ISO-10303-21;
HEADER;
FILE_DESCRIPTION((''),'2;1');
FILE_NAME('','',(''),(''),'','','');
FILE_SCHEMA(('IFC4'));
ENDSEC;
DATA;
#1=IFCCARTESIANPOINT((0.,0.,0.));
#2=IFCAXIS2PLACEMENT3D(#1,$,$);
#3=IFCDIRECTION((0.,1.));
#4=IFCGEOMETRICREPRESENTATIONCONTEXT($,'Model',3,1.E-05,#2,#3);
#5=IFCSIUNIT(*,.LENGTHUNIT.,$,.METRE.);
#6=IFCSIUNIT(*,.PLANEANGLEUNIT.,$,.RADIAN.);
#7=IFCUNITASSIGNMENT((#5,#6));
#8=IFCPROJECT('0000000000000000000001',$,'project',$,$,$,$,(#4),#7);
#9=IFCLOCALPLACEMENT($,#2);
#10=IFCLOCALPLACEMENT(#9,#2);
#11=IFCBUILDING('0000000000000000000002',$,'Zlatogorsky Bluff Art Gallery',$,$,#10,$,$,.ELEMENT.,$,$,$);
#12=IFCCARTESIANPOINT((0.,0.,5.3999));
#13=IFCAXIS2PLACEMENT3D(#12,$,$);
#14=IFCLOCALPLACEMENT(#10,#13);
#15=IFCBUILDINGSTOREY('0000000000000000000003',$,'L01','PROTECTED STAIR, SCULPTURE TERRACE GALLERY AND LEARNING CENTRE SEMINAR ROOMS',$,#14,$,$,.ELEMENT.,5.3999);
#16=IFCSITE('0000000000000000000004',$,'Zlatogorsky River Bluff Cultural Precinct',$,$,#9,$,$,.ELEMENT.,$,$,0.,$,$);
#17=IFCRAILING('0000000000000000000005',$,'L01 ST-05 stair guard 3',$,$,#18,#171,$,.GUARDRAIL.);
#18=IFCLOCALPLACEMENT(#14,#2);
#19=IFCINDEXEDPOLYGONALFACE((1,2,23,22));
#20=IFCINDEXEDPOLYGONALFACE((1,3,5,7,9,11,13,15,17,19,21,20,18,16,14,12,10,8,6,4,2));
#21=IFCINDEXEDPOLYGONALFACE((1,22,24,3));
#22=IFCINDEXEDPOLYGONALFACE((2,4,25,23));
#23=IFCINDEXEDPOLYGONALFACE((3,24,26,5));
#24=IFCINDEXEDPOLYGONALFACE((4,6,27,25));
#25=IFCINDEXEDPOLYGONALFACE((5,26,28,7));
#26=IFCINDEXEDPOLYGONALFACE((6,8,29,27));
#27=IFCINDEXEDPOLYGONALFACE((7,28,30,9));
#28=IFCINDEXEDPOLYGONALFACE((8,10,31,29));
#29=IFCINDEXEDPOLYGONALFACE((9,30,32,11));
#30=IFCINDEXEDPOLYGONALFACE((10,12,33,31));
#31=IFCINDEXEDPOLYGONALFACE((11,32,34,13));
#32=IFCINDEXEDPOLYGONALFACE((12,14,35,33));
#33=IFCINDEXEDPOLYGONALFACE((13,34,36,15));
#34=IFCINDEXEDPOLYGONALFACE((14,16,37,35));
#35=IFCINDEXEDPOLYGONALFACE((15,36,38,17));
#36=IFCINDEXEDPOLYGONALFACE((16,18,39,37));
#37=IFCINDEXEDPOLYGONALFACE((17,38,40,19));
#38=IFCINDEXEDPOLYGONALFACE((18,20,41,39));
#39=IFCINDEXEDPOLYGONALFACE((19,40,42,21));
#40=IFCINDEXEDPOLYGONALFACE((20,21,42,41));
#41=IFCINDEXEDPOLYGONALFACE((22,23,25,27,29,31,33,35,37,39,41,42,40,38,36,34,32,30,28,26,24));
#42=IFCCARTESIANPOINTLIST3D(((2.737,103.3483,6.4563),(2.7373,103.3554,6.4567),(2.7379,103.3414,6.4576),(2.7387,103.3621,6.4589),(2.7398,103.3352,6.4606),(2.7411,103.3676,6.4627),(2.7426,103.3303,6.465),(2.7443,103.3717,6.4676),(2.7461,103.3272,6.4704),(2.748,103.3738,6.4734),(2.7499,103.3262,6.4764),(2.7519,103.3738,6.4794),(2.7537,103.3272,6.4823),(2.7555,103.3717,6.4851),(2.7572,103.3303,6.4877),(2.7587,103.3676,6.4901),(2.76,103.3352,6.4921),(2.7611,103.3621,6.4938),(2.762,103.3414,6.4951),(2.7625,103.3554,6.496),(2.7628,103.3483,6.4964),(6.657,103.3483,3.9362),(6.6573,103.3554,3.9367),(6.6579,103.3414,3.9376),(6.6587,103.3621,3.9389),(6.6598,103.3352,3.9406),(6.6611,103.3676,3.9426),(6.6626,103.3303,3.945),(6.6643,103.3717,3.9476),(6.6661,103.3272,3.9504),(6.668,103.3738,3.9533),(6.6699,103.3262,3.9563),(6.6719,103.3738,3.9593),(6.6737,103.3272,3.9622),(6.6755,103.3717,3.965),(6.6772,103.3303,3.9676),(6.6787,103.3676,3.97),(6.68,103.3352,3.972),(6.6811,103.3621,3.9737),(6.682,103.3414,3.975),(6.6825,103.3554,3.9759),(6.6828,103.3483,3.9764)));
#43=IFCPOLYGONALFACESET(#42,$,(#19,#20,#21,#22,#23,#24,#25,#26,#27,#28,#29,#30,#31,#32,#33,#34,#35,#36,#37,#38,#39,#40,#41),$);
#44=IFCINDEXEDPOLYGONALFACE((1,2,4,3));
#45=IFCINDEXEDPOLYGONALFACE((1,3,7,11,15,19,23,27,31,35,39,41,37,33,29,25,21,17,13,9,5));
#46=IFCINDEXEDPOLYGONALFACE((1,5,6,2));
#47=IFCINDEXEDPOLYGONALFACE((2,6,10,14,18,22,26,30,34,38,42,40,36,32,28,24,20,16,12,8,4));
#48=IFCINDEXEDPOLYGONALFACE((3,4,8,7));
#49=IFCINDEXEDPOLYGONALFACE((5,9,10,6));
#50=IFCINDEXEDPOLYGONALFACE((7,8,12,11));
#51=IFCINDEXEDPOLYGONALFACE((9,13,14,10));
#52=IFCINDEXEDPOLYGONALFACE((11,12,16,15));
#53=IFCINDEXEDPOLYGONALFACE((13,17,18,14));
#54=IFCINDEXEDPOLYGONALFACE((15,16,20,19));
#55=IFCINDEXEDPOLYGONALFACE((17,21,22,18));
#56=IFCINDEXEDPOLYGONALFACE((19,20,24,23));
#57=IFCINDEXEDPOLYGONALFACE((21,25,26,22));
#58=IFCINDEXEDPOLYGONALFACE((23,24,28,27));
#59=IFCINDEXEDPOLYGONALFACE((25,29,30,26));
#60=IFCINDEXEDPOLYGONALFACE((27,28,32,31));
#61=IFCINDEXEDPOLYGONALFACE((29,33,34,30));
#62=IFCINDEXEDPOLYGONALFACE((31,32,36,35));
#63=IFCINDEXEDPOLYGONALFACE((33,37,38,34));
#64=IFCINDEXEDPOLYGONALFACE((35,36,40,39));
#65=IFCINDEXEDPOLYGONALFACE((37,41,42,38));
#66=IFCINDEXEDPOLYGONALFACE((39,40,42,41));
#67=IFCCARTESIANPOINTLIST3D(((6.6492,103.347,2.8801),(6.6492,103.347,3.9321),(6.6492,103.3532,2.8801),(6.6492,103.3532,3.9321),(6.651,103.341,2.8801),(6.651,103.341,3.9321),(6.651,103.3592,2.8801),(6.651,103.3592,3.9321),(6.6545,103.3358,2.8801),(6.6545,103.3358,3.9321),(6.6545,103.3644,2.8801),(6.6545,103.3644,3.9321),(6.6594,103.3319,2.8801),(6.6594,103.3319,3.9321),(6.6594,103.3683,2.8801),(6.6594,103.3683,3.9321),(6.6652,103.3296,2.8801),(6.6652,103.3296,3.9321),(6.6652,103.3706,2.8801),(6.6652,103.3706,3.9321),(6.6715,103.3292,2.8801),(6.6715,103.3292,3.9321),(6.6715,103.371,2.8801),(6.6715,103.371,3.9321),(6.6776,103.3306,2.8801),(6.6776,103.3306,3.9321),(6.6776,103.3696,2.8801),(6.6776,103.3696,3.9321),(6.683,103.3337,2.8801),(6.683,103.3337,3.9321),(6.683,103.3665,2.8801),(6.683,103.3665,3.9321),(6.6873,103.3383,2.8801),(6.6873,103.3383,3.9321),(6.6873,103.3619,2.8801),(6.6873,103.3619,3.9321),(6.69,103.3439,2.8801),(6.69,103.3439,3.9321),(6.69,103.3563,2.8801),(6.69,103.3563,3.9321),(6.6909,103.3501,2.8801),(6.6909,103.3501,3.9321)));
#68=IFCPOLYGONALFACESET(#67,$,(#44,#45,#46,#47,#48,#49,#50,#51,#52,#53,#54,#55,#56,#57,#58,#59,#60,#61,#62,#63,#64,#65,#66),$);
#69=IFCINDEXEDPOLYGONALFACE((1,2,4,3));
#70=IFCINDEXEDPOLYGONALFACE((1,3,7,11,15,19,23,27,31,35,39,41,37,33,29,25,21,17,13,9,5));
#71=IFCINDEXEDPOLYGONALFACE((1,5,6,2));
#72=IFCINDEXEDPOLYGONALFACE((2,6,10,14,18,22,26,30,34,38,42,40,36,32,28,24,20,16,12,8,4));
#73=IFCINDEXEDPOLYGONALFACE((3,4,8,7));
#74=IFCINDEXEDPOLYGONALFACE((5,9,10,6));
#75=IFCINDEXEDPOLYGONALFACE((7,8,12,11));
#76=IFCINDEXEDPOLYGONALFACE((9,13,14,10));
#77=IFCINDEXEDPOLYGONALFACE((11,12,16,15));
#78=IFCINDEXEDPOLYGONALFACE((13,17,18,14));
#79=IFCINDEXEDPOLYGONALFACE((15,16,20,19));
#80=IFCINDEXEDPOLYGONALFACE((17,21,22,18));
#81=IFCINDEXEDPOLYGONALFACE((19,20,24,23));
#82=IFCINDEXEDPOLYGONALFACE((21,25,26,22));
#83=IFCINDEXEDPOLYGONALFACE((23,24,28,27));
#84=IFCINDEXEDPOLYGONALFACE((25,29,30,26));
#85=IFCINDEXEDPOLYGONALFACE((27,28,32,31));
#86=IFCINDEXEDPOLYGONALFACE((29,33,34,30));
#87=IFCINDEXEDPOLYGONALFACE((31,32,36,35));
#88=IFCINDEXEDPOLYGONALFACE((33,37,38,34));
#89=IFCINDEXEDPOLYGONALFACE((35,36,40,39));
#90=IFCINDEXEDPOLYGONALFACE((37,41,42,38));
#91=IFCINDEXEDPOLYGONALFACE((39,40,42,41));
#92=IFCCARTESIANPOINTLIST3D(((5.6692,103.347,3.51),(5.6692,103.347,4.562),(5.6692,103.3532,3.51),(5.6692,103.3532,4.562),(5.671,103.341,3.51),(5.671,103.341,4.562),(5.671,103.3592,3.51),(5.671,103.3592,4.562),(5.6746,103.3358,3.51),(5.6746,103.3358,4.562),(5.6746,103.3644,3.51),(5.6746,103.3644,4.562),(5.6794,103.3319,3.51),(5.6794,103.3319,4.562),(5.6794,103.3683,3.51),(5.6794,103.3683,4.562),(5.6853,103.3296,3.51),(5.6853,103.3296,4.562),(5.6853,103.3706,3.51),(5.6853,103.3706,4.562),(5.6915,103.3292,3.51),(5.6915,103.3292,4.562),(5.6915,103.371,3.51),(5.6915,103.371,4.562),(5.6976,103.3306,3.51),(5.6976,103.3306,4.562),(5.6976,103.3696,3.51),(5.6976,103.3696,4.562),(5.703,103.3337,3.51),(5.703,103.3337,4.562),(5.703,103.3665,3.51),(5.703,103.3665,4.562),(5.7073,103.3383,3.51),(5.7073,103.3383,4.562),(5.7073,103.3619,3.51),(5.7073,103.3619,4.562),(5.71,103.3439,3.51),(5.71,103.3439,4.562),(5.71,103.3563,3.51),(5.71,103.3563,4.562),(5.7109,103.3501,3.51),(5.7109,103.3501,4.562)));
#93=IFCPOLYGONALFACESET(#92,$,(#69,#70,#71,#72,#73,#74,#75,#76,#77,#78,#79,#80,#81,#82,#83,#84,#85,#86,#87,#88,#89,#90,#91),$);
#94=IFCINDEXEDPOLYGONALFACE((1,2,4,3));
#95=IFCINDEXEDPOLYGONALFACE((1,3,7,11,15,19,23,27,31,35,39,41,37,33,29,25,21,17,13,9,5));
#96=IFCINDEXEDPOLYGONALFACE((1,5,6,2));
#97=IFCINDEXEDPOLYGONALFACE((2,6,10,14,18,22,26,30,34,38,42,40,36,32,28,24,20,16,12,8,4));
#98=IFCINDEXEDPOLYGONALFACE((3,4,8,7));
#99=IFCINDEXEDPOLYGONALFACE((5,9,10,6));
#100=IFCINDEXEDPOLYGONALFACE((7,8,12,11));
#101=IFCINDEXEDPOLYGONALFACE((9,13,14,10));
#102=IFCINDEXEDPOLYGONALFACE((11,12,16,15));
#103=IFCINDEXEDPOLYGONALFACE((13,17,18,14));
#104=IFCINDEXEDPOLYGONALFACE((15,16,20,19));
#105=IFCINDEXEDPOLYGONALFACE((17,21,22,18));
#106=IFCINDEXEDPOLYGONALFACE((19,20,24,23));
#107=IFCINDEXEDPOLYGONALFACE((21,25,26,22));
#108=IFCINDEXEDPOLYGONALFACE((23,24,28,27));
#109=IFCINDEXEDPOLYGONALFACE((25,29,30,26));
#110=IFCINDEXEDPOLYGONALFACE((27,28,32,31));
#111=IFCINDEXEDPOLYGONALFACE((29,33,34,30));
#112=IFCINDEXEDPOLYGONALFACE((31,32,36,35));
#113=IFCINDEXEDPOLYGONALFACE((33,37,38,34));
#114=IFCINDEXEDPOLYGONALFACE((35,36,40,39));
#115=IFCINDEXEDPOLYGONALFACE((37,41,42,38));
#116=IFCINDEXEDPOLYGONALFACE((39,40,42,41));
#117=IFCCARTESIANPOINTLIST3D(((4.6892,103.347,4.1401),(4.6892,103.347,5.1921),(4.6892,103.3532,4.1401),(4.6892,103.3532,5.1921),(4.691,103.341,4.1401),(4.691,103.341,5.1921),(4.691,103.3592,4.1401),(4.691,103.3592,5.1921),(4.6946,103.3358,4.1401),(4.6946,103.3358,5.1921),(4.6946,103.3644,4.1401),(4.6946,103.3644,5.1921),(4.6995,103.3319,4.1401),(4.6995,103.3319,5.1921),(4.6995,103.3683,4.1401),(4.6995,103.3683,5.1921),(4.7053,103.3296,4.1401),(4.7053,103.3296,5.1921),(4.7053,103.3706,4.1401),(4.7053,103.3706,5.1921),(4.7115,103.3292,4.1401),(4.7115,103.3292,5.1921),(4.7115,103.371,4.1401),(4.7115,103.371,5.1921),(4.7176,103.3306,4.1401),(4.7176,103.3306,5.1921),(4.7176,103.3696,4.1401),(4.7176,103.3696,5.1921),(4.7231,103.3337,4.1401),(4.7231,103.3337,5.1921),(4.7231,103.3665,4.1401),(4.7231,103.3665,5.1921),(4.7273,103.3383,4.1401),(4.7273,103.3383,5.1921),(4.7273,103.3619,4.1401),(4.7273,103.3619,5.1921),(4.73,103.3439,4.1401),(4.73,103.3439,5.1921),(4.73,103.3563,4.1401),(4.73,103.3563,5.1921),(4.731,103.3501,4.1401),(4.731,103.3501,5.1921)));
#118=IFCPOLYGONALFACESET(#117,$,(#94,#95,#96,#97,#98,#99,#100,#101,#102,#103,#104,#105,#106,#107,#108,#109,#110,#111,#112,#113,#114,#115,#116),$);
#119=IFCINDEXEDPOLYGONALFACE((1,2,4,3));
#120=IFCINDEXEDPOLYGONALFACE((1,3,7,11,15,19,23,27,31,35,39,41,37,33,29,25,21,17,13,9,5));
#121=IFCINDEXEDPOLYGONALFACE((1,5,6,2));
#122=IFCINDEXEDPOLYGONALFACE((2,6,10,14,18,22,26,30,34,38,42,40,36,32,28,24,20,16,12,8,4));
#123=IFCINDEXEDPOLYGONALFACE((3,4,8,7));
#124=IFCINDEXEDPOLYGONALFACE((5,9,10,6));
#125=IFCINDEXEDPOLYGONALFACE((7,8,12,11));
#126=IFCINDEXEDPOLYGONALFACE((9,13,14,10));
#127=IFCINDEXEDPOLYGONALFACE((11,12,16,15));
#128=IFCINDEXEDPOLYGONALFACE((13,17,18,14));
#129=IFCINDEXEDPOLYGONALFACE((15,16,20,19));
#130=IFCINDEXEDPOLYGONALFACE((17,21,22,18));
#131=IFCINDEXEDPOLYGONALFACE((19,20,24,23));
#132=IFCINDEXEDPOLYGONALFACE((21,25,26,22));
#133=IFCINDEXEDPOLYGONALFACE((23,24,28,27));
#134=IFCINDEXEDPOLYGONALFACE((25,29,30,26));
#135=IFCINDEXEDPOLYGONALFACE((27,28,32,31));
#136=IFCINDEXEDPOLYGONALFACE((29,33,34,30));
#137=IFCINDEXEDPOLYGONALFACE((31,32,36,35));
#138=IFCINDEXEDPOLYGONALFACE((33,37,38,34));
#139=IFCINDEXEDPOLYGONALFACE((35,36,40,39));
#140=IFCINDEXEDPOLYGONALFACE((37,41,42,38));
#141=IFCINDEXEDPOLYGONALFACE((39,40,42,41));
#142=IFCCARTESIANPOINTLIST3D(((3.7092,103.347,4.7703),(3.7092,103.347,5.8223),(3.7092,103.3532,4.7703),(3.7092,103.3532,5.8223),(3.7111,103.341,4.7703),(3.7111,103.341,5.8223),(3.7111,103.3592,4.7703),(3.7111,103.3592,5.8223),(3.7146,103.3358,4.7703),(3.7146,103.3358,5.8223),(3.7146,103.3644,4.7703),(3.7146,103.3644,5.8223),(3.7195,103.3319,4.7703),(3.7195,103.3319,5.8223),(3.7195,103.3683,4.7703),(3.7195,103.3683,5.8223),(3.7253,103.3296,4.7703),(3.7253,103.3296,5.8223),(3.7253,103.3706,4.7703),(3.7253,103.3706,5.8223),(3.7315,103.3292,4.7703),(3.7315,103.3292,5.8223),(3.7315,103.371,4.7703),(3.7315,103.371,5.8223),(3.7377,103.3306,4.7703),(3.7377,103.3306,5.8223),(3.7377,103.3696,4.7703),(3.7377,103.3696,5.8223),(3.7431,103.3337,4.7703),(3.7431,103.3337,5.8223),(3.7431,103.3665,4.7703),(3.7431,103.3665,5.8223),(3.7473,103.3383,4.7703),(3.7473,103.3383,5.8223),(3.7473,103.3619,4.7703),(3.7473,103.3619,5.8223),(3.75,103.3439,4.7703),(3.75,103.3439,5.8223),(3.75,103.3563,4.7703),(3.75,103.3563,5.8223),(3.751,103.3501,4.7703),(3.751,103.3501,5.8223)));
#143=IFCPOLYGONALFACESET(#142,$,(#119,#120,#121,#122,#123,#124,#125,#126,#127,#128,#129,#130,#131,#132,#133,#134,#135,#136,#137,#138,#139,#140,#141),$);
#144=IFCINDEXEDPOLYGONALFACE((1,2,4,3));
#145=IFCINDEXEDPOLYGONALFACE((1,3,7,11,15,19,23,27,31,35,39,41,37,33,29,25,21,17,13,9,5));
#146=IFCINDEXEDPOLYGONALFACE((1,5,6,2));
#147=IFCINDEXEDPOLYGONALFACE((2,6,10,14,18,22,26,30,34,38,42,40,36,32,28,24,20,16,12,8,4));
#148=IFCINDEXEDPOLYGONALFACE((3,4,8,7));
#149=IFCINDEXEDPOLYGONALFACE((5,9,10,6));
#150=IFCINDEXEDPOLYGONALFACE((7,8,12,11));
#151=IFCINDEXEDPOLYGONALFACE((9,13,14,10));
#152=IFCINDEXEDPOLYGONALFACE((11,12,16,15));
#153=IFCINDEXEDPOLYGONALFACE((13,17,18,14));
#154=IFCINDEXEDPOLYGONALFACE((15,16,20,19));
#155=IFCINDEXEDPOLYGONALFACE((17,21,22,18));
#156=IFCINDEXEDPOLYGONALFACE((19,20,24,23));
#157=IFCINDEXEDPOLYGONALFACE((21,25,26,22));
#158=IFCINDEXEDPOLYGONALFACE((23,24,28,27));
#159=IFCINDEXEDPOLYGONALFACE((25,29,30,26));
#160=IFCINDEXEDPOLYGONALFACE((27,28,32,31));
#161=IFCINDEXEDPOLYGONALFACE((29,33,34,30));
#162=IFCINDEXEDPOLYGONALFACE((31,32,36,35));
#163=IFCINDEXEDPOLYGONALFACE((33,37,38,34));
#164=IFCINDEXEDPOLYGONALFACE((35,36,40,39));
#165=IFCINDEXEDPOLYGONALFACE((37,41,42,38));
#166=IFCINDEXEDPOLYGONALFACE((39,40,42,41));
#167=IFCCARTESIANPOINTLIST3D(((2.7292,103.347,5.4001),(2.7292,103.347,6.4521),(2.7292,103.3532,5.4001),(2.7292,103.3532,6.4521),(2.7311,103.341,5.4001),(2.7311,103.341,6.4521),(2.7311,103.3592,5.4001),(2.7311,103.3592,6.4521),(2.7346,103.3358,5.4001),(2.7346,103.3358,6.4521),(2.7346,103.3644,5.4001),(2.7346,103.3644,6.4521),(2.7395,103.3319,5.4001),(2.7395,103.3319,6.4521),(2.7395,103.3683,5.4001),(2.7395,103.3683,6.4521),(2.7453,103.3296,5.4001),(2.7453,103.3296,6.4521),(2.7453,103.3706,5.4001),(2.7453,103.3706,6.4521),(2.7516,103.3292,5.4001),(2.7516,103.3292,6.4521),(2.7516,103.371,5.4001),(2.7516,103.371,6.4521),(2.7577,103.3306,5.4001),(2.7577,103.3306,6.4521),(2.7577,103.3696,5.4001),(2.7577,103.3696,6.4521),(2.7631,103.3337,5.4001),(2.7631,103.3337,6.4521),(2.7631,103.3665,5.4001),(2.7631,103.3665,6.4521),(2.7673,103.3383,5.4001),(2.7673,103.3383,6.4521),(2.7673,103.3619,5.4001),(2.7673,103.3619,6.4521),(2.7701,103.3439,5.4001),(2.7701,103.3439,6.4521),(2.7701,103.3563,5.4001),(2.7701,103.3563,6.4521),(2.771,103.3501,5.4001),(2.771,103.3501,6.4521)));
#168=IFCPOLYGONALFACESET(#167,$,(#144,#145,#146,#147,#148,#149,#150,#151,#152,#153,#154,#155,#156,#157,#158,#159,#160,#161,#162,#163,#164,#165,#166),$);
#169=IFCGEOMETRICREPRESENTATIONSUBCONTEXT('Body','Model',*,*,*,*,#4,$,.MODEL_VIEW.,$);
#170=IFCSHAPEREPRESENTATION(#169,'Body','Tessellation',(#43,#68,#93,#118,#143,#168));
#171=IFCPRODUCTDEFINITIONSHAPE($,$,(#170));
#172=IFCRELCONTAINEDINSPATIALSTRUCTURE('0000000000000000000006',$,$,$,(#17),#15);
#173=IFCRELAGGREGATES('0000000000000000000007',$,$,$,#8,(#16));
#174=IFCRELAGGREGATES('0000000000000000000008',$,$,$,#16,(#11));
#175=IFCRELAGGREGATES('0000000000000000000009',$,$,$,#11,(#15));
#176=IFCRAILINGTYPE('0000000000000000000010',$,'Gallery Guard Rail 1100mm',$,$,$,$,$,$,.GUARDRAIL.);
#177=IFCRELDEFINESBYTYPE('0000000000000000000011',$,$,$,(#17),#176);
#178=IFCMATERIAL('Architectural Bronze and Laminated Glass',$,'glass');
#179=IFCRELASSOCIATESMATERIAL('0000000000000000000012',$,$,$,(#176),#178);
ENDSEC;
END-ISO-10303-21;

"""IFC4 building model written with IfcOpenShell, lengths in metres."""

from ifc_helpers import new_model, si_unit, direction, frame, origin, origin_2d, place, context, subcontext, project, spatial, circle, extrude, material, type_object, element, save


model = new_model("IFC4")

# Units and contexts
model_context = context("Model", 3, precision=1e-05, world=origin(), true_north=direction((0.0, 1.0)))
body_context = subcontext(model_context, "Body", "Model", "MODEL_VIEW")
ifc_project = project(units=[si_unit("LENGTHUNIT", "METRE"), si_unit("PLANEANGLEUNIT", "RADIAN")], contexts=[model_context])

# Site, building, storey
site_placement = place(None, origin())
site = spatial("IfcSite", under=ifc_project, at=site_placement, Name="Zlatogorsky River Bluff Cultural Precinct", CompositionType="ELEMENT", RefElevation=0.0)
building_placement = place(site_placement, origin())
building = spatial("IfcBuilding", under=site, at=building_placement, Name="Zlatogorsky Bluff Art Gallery", CompositionType="ELEMENT")
storey_placement = place(building_placement, frame((0.0, 0.0, 5.3999)))
storey = spatial("IfcBuildingStorey", under=building, at=storey_placement, Name="L01", Description="PROTECTED STAIR, SCULPTURE TERRACE GALLERY AND LEARNING CENTRE SEMINAR ROOMS", CompositionType="ELEMENT", Elevation=5.3999)

# Railing
ifc_material_1 = material(Name="Architectural Bronze and Laminated Glass", Category="glass")
railing_type_1 = type_object("IfcRailingType", Name="Gallery Guard Rail 1100mm", PredefinedType="GUARDRAIL", material=ifc_material_1)
railing_1_placement = place(storey_placement, frame((6.6699, 103.3501, 2.8801)))
element("IfcRailing", 1, at=railing_1_placement, inside=storey, type_object=railing_type_1, Name="L01 ST-05 stair guard 3", PredefinedType="GUARDRAIL", context=body_context, shape_type="SweptSolid", body=[
    extrude(circle(Radius=0.0239, at=origin_2d()), frame((0.0, 0.0, 1.0762), z_axis=(-0.841172, 0.0, 0.540768), x_axis=(0.0, -1.0, 0.0)), (0.0, 0.0, 1.0), 4.6602),
    extrude(circle(Radius=0.021, at=origin_2d()), origin(), (0.0, 0.0, 1.0), 1.052),
    extrude(circle(Radius=0.021, at=origin_2d()), frame((-0.98, 0.0, 0.6299)), (0.0, 0.0, 1.0), 1.052),
    extrude(circle(Radius=0.021, at=origin_2d()), frame((-1.96, 0.0, 1.26)), (0.0, 0.0, 1.0), 1.052),
    extrude(circle(Radius=0.021, at=origin_2d()), frame((-2.9399, 0.0, 1.8901)), (0.0, 0.0, 1.0), 1.052),
    extrude(circle(Radius=0.021, at=origin_2d()), frame((-3.9199, 0.0, 2.52)), (0.0, 0.0, 1.0), 1.052),
])

save(model, "model.ifc")
